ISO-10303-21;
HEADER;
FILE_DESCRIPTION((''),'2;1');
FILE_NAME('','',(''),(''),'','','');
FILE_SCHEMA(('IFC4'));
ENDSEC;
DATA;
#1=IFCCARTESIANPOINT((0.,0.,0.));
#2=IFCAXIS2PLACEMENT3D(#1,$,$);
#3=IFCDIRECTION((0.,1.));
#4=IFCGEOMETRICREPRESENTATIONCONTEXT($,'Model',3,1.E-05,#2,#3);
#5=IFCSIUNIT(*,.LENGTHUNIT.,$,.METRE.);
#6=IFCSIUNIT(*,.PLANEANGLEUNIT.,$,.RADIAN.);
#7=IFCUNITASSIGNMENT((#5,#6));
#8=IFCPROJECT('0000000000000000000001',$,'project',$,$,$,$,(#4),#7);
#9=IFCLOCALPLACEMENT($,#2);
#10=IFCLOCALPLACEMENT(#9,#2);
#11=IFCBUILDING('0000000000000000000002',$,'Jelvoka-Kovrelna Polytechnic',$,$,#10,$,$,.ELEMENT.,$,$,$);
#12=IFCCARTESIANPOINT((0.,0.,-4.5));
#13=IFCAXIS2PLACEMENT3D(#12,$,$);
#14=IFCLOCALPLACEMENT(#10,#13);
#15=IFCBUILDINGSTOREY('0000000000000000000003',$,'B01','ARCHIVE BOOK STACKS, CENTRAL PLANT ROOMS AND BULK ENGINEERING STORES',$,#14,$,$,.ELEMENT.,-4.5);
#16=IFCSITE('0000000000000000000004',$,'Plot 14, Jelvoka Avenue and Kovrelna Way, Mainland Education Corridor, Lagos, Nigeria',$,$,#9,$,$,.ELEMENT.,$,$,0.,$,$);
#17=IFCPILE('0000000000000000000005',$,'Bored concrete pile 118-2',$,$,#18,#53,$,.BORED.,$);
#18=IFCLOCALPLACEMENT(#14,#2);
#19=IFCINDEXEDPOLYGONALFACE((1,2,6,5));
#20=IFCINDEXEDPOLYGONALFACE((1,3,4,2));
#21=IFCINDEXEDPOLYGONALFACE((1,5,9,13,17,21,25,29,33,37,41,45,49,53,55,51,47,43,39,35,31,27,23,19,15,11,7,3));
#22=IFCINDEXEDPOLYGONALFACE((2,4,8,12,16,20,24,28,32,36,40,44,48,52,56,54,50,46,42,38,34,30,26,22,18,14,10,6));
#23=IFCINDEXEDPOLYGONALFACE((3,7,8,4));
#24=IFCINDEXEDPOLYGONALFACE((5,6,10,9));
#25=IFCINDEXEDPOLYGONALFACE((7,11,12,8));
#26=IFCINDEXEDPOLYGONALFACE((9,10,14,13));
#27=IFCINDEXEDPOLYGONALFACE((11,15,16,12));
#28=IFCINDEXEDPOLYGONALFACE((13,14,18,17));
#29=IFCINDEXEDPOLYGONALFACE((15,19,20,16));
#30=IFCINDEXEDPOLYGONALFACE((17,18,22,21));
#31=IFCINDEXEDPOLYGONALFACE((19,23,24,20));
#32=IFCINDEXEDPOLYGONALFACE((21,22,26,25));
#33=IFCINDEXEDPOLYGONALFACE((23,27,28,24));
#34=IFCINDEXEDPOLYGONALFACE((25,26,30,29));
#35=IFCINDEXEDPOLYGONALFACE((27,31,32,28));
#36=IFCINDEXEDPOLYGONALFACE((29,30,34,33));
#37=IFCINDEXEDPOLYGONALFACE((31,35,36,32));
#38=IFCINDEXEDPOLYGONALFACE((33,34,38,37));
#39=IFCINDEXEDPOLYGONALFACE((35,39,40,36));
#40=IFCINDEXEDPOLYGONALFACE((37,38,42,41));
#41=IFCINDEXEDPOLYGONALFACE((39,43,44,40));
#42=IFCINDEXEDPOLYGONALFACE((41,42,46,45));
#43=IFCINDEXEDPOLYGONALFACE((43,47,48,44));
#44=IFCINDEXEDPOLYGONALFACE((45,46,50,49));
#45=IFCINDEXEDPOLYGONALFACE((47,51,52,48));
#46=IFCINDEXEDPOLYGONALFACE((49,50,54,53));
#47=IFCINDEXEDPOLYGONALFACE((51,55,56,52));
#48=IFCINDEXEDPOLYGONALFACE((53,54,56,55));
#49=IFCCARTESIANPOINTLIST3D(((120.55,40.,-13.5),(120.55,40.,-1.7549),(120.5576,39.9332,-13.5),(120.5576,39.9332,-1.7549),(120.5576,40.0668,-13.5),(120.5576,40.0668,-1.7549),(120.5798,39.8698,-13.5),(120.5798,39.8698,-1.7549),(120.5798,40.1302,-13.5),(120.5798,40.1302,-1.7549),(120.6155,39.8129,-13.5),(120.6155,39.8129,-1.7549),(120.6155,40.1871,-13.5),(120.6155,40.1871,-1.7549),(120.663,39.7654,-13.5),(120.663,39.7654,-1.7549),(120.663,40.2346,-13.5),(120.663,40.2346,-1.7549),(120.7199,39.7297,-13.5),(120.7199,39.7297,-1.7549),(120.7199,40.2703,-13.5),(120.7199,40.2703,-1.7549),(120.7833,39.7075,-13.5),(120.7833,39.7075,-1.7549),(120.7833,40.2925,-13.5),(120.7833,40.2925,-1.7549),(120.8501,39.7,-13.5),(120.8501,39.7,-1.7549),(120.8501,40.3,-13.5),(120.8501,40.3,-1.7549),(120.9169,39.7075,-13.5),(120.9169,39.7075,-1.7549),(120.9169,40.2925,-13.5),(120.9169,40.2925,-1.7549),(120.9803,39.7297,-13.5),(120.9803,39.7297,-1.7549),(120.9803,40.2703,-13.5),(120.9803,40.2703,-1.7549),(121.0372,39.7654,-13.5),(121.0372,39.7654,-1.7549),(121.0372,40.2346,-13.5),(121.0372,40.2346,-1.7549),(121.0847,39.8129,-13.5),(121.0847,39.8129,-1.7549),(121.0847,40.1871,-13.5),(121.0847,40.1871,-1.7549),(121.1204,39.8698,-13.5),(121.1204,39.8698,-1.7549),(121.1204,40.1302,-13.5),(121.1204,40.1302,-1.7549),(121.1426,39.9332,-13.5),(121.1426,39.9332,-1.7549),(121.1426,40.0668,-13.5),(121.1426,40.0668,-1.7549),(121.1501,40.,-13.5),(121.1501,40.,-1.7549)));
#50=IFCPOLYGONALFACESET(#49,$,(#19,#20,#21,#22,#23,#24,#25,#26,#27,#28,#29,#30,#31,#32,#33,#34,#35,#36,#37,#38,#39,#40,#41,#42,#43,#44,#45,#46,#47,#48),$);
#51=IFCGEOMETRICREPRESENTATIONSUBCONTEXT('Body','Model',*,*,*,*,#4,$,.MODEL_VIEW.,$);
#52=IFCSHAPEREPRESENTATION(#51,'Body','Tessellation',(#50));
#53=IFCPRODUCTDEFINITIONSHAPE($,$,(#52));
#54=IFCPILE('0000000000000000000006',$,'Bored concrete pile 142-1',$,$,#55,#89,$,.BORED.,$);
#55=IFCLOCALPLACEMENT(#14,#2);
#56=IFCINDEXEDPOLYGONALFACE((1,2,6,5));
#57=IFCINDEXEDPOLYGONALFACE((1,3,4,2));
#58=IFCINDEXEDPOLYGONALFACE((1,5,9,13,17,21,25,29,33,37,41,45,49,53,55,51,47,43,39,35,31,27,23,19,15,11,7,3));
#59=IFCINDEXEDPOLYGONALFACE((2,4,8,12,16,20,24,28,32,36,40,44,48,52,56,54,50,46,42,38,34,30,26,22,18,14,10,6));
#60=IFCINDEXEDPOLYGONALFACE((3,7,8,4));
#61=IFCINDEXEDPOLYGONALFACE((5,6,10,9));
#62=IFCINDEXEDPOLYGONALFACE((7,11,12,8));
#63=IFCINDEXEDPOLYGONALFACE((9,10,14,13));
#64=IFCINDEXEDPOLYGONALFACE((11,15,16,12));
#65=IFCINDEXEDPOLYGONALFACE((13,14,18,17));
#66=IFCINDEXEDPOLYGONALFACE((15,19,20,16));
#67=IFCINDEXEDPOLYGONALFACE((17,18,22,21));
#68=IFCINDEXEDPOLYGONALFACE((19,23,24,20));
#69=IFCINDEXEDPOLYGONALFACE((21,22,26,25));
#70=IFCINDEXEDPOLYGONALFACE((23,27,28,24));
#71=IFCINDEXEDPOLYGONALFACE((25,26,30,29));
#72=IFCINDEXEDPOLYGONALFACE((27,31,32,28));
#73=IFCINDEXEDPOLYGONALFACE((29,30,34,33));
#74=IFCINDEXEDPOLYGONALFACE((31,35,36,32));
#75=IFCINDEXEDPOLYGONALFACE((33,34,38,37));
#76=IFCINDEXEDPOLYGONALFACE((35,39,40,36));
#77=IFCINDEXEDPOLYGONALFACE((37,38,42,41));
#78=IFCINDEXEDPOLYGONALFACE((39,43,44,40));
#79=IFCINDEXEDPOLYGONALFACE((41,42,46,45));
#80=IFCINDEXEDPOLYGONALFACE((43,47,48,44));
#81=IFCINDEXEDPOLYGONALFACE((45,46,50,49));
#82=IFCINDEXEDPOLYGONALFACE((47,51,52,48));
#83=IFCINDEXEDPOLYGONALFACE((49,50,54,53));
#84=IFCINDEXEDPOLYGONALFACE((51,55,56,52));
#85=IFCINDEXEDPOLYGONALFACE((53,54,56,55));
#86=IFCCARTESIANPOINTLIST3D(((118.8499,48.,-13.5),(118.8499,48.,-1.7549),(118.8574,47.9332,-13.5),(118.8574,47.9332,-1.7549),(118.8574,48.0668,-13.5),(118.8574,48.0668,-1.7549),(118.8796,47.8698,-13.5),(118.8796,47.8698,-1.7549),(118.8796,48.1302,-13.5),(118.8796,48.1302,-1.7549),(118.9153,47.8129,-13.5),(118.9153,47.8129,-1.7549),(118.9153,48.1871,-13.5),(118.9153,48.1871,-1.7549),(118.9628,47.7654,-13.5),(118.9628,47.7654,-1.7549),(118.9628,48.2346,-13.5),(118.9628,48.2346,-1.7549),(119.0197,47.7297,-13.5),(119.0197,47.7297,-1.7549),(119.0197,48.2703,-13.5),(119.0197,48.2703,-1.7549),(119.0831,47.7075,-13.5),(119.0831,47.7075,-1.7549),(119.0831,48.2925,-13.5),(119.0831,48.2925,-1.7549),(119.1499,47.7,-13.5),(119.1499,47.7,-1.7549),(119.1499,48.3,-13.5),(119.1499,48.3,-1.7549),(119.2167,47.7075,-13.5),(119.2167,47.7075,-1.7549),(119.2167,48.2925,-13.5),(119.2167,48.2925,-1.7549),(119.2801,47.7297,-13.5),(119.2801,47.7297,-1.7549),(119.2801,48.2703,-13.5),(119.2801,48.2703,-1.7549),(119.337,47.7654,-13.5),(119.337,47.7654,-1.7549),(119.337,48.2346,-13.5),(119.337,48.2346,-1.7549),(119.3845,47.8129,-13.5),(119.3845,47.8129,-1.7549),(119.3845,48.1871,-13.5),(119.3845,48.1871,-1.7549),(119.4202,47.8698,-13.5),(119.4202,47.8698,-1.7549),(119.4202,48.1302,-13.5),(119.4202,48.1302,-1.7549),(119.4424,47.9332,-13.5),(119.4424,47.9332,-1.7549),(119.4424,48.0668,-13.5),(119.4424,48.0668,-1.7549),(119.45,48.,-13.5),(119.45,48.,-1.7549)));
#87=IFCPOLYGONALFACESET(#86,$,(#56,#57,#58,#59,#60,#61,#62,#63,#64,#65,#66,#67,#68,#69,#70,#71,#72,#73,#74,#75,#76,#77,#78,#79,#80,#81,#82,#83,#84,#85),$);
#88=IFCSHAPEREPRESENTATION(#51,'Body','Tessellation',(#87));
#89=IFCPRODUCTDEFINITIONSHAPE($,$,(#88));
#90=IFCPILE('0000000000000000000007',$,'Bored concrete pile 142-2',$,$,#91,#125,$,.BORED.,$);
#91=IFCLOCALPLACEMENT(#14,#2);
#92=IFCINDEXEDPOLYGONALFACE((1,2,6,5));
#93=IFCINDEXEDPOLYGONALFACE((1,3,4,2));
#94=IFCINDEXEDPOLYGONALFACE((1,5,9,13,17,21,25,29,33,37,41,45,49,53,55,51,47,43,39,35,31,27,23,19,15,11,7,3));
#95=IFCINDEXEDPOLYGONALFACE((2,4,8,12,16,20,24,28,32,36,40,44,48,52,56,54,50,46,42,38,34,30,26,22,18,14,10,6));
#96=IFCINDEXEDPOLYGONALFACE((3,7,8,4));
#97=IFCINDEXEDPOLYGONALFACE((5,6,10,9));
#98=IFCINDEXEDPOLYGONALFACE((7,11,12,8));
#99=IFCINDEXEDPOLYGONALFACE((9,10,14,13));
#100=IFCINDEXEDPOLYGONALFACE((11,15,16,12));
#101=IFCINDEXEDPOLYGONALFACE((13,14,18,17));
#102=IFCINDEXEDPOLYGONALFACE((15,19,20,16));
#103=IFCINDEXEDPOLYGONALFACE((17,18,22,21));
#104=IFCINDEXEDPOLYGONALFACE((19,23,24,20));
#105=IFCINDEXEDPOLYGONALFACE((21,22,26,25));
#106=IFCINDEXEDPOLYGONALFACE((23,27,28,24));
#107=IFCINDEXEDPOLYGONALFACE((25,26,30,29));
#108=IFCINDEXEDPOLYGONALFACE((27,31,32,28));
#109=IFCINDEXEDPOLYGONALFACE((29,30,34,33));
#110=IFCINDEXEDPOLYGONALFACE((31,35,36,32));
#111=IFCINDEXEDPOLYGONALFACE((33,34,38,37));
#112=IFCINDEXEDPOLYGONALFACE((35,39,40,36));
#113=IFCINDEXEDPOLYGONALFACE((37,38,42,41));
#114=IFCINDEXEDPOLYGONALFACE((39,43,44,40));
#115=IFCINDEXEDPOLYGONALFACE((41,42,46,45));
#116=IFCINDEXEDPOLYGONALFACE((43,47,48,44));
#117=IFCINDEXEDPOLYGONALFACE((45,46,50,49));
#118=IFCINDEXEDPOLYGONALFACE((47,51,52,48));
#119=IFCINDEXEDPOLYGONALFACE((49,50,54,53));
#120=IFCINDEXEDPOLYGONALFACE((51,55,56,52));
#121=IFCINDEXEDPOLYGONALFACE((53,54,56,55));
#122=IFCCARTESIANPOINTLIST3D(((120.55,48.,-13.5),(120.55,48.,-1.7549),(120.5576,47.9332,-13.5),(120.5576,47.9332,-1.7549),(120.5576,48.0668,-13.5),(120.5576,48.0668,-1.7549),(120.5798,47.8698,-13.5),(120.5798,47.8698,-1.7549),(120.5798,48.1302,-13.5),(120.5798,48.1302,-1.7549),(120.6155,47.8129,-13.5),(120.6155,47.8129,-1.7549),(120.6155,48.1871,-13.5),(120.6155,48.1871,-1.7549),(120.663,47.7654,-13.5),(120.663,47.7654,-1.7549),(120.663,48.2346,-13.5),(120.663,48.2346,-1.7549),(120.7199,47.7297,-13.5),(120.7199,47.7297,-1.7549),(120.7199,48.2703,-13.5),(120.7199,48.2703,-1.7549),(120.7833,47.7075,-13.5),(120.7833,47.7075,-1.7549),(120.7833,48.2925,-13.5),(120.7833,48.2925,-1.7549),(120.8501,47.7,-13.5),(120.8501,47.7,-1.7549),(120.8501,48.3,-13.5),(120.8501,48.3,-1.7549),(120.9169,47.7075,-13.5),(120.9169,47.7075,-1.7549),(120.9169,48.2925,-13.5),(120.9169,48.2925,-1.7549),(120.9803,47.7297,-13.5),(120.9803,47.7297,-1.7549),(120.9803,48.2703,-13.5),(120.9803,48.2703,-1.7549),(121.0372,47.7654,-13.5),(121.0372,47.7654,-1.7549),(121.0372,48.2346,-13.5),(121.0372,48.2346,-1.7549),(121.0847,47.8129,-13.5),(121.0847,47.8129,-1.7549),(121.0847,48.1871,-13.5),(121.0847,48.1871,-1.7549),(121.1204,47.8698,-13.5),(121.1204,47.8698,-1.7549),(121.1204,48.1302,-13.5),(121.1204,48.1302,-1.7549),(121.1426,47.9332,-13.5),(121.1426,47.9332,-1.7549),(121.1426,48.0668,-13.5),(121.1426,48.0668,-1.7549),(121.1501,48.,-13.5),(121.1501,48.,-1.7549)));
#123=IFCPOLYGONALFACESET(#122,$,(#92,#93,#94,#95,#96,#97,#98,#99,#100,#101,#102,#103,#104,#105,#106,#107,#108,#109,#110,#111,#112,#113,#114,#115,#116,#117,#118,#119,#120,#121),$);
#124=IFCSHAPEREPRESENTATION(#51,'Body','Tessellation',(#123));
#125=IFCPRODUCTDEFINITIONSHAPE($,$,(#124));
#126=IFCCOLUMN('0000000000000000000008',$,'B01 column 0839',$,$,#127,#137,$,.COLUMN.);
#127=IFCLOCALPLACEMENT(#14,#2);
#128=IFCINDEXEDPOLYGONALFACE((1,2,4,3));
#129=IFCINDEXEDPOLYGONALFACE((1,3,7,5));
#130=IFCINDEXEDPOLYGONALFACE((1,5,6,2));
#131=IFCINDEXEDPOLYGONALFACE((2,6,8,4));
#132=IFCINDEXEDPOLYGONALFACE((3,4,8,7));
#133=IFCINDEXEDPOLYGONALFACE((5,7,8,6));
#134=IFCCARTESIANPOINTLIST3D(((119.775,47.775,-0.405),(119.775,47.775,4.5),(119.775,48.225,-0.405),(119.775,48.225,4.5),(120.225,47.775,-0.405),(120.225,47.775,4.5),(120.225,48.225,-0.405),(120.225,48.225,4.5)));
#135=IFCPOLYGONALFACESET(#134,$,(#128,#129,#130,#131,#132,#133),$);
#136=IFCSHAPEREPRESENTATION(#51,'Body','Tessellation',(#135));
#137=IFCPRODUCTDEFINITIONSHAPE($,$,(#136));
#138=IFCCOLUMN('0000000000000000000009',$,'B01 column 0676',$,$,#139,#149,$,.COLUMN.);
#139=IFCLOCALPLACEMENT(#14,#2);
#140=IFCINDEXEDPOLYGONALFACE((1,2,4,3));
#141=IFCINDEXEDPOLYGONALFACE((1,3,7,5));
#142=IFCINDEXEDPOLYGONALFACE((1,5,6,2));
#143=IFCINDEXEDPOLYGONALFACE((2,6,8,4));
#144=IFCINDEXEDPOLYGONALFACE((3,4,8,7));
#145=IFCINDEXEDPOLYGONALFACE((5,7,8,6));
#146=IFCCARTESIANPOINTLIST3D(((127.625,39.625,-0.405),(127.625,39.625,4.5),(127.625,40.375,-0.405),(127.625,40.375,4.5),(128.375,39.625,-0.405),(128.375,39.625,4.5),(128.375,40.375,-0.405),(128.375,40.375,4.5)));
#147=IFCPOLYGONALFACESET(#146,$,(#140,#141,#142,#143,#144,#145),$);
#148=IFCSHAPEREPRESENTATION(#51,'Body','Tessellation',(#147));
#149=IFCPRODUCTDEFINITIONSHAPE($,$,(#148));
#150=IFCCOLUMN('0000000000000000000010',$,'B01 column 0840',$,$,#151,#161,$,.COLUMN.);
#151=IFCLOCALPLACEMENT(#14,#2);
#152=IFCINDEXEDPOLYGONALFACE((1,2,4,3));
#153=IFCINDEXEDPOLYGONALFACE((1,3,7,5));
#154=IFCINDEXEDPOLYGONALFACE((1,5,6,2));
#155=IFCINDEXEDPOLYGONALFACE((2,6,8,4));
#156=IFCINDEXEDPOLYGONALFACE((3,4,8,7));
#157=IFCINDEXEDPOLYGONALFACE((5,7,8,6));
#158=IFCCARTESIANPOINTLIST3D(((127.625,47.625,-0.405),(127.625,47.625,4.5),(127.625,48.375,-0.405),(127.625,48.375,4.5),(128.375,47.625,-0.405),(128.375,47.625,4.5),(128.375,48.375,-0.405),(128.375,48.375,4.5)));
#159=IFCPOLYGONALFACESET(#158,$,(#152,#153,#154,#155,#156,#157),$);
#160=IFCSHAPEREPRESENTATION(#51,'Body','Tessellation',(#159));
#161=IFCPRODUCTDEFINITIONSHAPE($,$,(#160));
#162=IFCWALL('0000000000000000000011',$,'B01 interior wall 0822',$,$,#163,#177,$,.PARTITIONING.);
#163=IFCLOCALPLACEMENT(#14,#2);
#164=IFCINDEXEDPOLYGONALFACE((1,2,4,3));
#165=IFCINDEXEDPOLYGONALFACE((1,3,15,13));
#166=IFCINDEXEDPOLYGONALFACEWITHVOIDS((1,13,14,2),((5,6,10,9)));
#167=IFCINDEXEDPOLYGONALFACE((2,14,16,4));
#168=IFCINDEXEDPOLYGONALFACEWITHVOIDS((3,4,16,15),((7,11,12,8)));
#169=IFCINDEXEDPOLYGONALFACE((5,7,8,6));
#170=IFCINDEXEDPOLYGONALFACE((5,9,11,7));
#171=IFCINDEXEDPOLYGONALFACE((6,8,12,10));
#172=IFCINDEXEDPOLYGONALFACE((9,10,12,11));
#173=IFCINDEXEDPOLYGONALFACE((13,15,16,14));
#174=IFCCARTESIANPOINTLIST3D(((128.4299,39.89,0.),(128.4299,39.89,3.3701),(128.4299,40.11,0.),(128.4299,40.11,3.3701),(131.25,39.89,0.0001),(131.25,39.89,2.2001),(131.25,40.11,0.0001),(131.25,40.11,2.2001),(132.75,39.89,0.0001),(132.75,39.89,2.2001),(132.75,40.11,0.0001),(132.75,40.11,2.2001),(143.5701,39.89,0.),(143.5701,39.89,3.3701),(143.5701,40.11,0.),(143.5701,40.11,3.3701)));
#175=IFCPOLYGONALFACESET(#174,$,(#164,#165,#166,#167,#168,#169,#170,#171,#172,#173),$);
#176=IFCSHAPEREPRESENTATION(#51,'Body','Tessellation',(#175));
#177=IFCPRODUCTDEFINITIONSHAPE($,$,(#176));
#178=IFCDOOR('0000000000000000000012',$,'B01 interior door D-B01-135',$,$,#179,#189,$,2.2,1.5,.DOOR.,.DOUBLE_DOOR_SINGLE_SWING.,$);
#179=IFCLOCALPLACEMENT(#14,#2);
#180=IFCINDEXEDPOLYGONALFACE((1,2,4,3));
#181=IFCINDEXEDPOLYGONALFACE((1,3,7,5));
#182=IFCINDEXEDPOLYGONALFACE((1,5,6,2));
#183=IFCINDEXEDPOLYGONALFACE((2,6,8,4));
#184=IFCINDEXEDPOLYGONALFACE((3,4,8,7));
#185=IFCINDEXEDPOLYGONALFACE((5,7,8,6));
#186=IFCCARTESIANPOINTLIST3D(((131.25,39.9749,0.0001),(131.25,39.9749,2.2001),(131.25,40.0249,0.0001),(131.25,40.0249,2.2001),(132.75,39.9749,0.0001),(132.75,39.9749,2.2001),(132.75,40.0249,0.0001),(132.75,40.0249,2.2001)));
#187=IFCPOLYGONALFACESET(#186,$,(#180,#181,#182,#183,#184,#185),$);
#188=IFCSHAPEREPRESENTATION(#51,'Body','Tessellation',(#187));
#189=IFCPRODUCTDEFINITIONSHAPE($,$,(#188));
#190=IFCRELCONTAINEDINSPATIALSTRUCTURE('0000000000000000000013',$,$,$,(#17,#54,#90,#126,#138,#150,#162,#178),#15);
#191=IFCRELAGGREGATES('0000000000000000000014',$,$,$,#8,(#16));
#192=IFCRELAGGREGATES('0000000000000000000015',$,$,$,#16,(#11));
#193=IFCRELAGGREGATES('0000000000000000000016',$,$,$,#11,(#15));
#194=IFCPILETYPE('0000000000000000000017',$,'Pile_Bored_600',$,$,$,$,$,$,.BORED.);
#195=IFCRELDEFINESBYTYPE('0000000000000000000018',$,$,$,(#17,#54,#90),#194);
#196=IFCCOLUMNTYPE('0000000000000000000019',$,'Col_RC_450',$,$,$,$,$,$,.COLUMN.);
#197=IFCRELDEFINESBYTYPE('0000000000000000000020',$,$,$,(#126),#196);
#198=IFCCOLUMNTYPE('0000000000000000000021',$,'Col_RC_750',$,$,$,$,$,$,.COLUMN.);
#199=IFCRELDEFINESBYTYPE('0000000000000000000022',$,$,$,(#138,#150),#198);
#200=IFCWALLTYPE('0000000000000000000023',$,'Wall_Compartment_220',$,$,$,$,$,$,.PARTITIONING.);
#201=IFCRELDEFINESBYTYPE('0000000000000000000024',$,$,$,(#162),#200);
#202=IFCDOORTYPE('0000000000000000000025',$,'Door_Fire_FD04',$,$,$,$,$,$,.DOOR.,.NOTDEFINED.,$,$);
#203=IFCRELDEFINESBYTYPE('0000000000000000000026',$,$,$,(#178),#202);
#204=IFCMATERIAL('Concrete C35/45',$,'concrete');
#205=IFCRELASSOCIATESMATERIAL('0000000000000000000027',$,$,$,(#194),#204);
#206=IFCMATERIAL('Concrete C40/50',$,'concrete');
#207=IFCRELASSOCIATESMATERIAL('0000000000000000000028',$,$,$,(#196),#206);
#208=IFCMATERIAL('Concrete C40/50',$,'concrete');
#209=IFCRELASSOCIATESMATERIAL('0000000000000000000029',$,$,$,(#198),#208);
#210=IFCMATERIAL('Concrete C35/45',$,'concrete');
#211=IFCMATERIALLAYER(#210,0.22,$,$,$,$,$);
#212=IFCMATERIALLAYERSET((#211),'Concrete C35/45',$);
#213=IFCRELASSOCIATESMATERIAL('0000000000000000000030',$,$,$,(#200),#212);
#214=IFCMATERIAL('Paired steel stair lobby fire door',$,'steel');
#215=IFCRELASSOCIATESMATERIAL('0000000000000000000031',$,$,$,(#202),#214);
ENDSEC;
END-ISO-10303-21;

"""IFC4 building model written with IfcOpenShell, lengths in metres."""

from ifc_helpers import new_model, si_unit, direction, frame, frame_2d, origin, origin_2d, place, context, subcontext, project, spatial, rectangle, circle, extrude, material, layer, layer_set, material_profile, profile_set, type_object, element, fill, save


model = new_model("IFC4")

# Units and contexts
model_context = context("Model", 3, precision=1e-05, world=origin(), true_north=direction((0.0, 1.0)))
body_context = subcontext(model_context, "Body", "Model", "MODEL_VIEW")
ifc_project = project(units=[si_unit("LENGTHUNIT", "METRE"), si_unit("PLANEANGLEUNIT", "RADIAN")], contexts=[model_context])

# Site, building, storey
site_placement = place(None, origin())
site = spatial("IfcSite", under=ifc_project, at=site_placement, Name="Plot 14, Jelvoka Avenue and Kovrelna Way, Mainland Education Corridor, Lagos, Nigeria", CompositionType="ELEMENT", RefElevation=0.0)
building_placement = place(site_placement, origin())
building = spatial("IfcBuilding", under=site, at=building_placement, Name="Jelvoka-Kovrelna Polytechnic", CompositionType="ELEMENT")
storey_placement = place(building_placement, frame((0.0, 0.0, -4.5)))
storey = spatial("IfcBuildingStorey", under=building, at=storey_placement, Name="B01", Description="ARCHIVE BOOK STACKS, CENTRAL PLANT ROOMS AND BULK ENGINEERING STORES", CompositionType="ELEMENT", Elevation=-4.5)

# Piles
ifc_material_1 = material(Name="Concrete C35/45", Category="concrete")
ifc_material_profile_1 = material_profile(ifc_material_1, circle(Radius=0.3, at=origin_2d()), Name="PILE D600")
ifc_profile_set_1 = profile_set([ifc_material_profile_1], Name="Concrete C35/45")
pile_type_1 = type_object("IfcPileType", Name="Pile_Bored_600", PredefinedType="BORED", material=ifc_profile_set_1)
for number, where, z_axis, x_axis, name in (
    (1, (120.8501, 40.0, -1.7549), (0.0, 0.0, -1.0), (1.0, 0.0, 0.0), "Bored concrete pile 118-2"),
    (2, (119.1499, 48.0, -1.7549), (0.0, 0.0, -1.0), (1.0, 0.0, 0.0), "Bored concrete pile 142-1"),
    (3, (120.8501, 48.0, -1.7549), (0.0, 0.0, -1.0), (1.0, 0.0, 0.0), "Bored concrete pile 142-2"),
):
    element("IfcPile", number, at=place(storey_placement, frame(where, z_axis=z_axis, x_axis=x_axis)), inside=storey, type_object=pile_type_1, Name=name, PredefinedType="BORED", context=body_context, shape_type="SweptSolid", body=[
        extrude(circle(Radius=0.3, at=origin_2d()), origin(), (0.0, 0.0, 1.0), 11.7451),
    ])

# Columns
ifc_material_2 = material(Name="Concrete C40/50", Category="concrete")
ifc_material_profile_2 = material_profile(ifc_material_2, rectangle(XDim=0.45, YDim=0.45, at=origin_2d()), Name="RC 450x450")
ifc_profile_set_2 = profile_set([ifc_material_profile_2], Name="Concrete C40/50")
column_type_1 = type_object("IfcColumnType", Name="Col_RC_450", PredefinedType="COLUMN", material=ifc_profile_set_2)
column_placement = place(storey_placement, frame((120.0, 48.0, -0.405), z_axis=(0.0, 0.0, 1.0), x_axis=(1.0, 0.0, 0.0)))
element("IfcColumn", 4, at=column_placement, inside=storey, type_object=column_type_1, Name="B01 column 0839", PredefinedType="COLUMN", context=body_context, shape_type="SweptSolid", body=[
    extrude(rectangle(XDim=0.45, YDim=0.45, at=origin_2d()), origin(), (0.0, 0.0, 1.0), 4.905),
])
ifc_material_3 = material(Name="Concrete C40/50", Category="concrete")
ifc_material_profile_3 = material_profile(ifc_material_3, rectangle(XDim=0.75, YDim=0.75, at=origin_2d()), Name="RC 750x750")
ifc_profile_set_3 = profile_set([ifc_material_profile_3], Name="Concrete C40/50")
column_type_2 = type_object("IfcColumnType", Name="Col_RC_750", PredefinedType="COLUMN", material=ifc_profile_set_3)
for number, where, z_axis, x_axis, name in (
    (5, (128.0, 40.0, -0.405), (0.0, 0.0, 1.0), (1.0, 0.0, 0.0), "B01 column 0676"),
    (6, (128.0, 48.0, -0.405), (0.0, 0.0, 1.0), (1.0, 0.0, 0.0), "B01 column 0840"),
):
    element("IfcColumn", number, at=place(storey_placement, frame(where, z_axis=z_axis, x_axis=x_axis)), inside=storey, type_object=column_type_2, Name=name, PredefinedType="COLUMN", context=body_context, shape_type="SweptSolid", body=[
        extrude(rectangle(XDim=0.75, YDim=0.75, at=origin_2d()), origin(), (0.0, 0.0, 1.0), 4.905),
    ])

# Wall, opening, door
ifc_material_4 = material(Name="Concrete C35/45", Category="concrete")
ifc_layer_1 = layer(ifc_material_4, 0.22)
ifc_layer_set_1 = layer_set([ifc_layer_1], Name="Concrete C35/45")
wall_type_1 = type_object("IfcWallType", Name="Wall_Compartment_220", PredefinedType="PARTITIONING", material=ifc_layer_set_1)
wall_placement = place(storey_placement, frame((128.4299, 40.0, 0.0), z_axis=(0.0, 0.0, 1.0), x_axis=(1.0, 0.0, 0.0)))
wall = element("IfcWall", 7, at=wall_placement, inside=storey, type_object=wall_type_1, Name="B01 interior wall 0822", PredefinedType="PARTITIONING", context=body_context, shape_type="SweptSolid", body=[
    extrude(rectangle(XDim=15.1401, YDim=0.22, at=frame_2d((7.5701, 0.0))), origin(), (0.0, 0.0, 1.0), 3.3701),
])
opening_placement = place(wall_placement, frame((2.8201, 0.0, 0.0)))
opening = element("IfcOpeningElement", 8, at=opening_placement, cuts=wall, PredefinedType="OPENING", context=body_context, shape_type="SweptSolid", body=[
    extrude(rectangle(XDim=1.5, YDim=2.2, at=frame_2d((0.75, 1.1001))), frame((0.0, 0.1199, 0.0), z_axis=(0.0, -1.0, 0.0), x_axis=(1.0, 0.0, 0.0)), (0.0, 0.0, 1.0), 0.24),
])
ifc_material_5 = material(Name="Paired steel stair lobby fire door", Category="steel")
door_type = type_object("IfcDoorType", Name="Door_Fire_FD04", OperationType="NOTDEFINED", PredefinedType="DOOR", material=ifc_material_5)
door_placement = place(opening_placement, origin())
door = element("IfcDoor", 9, at=door_placement, inside=storey, type_object=door_type, Name="B01 interior door D-B01-135", OperationType="DOUBLE_DOOR_SINGLE_SWING", OverallHeight=2.2, OverallWidth=1.5, PredefinedType="DOOR", context=body_context, shape_type="SweptSolid", body=[
    extrude(rectangle(XDim=1.5, YDim=2.2, at=frame_2d((0.75, 1.1001))), frame((0.0, 0.0249, 0.0), z_axis=(0.0, -1.0, 0.0), x_axis=(1.0, 0.0, 0.0)), (0.0, 0.0, 1.0), 0.05),
])
fill(opening, door)

save(model, "model.ifc")
